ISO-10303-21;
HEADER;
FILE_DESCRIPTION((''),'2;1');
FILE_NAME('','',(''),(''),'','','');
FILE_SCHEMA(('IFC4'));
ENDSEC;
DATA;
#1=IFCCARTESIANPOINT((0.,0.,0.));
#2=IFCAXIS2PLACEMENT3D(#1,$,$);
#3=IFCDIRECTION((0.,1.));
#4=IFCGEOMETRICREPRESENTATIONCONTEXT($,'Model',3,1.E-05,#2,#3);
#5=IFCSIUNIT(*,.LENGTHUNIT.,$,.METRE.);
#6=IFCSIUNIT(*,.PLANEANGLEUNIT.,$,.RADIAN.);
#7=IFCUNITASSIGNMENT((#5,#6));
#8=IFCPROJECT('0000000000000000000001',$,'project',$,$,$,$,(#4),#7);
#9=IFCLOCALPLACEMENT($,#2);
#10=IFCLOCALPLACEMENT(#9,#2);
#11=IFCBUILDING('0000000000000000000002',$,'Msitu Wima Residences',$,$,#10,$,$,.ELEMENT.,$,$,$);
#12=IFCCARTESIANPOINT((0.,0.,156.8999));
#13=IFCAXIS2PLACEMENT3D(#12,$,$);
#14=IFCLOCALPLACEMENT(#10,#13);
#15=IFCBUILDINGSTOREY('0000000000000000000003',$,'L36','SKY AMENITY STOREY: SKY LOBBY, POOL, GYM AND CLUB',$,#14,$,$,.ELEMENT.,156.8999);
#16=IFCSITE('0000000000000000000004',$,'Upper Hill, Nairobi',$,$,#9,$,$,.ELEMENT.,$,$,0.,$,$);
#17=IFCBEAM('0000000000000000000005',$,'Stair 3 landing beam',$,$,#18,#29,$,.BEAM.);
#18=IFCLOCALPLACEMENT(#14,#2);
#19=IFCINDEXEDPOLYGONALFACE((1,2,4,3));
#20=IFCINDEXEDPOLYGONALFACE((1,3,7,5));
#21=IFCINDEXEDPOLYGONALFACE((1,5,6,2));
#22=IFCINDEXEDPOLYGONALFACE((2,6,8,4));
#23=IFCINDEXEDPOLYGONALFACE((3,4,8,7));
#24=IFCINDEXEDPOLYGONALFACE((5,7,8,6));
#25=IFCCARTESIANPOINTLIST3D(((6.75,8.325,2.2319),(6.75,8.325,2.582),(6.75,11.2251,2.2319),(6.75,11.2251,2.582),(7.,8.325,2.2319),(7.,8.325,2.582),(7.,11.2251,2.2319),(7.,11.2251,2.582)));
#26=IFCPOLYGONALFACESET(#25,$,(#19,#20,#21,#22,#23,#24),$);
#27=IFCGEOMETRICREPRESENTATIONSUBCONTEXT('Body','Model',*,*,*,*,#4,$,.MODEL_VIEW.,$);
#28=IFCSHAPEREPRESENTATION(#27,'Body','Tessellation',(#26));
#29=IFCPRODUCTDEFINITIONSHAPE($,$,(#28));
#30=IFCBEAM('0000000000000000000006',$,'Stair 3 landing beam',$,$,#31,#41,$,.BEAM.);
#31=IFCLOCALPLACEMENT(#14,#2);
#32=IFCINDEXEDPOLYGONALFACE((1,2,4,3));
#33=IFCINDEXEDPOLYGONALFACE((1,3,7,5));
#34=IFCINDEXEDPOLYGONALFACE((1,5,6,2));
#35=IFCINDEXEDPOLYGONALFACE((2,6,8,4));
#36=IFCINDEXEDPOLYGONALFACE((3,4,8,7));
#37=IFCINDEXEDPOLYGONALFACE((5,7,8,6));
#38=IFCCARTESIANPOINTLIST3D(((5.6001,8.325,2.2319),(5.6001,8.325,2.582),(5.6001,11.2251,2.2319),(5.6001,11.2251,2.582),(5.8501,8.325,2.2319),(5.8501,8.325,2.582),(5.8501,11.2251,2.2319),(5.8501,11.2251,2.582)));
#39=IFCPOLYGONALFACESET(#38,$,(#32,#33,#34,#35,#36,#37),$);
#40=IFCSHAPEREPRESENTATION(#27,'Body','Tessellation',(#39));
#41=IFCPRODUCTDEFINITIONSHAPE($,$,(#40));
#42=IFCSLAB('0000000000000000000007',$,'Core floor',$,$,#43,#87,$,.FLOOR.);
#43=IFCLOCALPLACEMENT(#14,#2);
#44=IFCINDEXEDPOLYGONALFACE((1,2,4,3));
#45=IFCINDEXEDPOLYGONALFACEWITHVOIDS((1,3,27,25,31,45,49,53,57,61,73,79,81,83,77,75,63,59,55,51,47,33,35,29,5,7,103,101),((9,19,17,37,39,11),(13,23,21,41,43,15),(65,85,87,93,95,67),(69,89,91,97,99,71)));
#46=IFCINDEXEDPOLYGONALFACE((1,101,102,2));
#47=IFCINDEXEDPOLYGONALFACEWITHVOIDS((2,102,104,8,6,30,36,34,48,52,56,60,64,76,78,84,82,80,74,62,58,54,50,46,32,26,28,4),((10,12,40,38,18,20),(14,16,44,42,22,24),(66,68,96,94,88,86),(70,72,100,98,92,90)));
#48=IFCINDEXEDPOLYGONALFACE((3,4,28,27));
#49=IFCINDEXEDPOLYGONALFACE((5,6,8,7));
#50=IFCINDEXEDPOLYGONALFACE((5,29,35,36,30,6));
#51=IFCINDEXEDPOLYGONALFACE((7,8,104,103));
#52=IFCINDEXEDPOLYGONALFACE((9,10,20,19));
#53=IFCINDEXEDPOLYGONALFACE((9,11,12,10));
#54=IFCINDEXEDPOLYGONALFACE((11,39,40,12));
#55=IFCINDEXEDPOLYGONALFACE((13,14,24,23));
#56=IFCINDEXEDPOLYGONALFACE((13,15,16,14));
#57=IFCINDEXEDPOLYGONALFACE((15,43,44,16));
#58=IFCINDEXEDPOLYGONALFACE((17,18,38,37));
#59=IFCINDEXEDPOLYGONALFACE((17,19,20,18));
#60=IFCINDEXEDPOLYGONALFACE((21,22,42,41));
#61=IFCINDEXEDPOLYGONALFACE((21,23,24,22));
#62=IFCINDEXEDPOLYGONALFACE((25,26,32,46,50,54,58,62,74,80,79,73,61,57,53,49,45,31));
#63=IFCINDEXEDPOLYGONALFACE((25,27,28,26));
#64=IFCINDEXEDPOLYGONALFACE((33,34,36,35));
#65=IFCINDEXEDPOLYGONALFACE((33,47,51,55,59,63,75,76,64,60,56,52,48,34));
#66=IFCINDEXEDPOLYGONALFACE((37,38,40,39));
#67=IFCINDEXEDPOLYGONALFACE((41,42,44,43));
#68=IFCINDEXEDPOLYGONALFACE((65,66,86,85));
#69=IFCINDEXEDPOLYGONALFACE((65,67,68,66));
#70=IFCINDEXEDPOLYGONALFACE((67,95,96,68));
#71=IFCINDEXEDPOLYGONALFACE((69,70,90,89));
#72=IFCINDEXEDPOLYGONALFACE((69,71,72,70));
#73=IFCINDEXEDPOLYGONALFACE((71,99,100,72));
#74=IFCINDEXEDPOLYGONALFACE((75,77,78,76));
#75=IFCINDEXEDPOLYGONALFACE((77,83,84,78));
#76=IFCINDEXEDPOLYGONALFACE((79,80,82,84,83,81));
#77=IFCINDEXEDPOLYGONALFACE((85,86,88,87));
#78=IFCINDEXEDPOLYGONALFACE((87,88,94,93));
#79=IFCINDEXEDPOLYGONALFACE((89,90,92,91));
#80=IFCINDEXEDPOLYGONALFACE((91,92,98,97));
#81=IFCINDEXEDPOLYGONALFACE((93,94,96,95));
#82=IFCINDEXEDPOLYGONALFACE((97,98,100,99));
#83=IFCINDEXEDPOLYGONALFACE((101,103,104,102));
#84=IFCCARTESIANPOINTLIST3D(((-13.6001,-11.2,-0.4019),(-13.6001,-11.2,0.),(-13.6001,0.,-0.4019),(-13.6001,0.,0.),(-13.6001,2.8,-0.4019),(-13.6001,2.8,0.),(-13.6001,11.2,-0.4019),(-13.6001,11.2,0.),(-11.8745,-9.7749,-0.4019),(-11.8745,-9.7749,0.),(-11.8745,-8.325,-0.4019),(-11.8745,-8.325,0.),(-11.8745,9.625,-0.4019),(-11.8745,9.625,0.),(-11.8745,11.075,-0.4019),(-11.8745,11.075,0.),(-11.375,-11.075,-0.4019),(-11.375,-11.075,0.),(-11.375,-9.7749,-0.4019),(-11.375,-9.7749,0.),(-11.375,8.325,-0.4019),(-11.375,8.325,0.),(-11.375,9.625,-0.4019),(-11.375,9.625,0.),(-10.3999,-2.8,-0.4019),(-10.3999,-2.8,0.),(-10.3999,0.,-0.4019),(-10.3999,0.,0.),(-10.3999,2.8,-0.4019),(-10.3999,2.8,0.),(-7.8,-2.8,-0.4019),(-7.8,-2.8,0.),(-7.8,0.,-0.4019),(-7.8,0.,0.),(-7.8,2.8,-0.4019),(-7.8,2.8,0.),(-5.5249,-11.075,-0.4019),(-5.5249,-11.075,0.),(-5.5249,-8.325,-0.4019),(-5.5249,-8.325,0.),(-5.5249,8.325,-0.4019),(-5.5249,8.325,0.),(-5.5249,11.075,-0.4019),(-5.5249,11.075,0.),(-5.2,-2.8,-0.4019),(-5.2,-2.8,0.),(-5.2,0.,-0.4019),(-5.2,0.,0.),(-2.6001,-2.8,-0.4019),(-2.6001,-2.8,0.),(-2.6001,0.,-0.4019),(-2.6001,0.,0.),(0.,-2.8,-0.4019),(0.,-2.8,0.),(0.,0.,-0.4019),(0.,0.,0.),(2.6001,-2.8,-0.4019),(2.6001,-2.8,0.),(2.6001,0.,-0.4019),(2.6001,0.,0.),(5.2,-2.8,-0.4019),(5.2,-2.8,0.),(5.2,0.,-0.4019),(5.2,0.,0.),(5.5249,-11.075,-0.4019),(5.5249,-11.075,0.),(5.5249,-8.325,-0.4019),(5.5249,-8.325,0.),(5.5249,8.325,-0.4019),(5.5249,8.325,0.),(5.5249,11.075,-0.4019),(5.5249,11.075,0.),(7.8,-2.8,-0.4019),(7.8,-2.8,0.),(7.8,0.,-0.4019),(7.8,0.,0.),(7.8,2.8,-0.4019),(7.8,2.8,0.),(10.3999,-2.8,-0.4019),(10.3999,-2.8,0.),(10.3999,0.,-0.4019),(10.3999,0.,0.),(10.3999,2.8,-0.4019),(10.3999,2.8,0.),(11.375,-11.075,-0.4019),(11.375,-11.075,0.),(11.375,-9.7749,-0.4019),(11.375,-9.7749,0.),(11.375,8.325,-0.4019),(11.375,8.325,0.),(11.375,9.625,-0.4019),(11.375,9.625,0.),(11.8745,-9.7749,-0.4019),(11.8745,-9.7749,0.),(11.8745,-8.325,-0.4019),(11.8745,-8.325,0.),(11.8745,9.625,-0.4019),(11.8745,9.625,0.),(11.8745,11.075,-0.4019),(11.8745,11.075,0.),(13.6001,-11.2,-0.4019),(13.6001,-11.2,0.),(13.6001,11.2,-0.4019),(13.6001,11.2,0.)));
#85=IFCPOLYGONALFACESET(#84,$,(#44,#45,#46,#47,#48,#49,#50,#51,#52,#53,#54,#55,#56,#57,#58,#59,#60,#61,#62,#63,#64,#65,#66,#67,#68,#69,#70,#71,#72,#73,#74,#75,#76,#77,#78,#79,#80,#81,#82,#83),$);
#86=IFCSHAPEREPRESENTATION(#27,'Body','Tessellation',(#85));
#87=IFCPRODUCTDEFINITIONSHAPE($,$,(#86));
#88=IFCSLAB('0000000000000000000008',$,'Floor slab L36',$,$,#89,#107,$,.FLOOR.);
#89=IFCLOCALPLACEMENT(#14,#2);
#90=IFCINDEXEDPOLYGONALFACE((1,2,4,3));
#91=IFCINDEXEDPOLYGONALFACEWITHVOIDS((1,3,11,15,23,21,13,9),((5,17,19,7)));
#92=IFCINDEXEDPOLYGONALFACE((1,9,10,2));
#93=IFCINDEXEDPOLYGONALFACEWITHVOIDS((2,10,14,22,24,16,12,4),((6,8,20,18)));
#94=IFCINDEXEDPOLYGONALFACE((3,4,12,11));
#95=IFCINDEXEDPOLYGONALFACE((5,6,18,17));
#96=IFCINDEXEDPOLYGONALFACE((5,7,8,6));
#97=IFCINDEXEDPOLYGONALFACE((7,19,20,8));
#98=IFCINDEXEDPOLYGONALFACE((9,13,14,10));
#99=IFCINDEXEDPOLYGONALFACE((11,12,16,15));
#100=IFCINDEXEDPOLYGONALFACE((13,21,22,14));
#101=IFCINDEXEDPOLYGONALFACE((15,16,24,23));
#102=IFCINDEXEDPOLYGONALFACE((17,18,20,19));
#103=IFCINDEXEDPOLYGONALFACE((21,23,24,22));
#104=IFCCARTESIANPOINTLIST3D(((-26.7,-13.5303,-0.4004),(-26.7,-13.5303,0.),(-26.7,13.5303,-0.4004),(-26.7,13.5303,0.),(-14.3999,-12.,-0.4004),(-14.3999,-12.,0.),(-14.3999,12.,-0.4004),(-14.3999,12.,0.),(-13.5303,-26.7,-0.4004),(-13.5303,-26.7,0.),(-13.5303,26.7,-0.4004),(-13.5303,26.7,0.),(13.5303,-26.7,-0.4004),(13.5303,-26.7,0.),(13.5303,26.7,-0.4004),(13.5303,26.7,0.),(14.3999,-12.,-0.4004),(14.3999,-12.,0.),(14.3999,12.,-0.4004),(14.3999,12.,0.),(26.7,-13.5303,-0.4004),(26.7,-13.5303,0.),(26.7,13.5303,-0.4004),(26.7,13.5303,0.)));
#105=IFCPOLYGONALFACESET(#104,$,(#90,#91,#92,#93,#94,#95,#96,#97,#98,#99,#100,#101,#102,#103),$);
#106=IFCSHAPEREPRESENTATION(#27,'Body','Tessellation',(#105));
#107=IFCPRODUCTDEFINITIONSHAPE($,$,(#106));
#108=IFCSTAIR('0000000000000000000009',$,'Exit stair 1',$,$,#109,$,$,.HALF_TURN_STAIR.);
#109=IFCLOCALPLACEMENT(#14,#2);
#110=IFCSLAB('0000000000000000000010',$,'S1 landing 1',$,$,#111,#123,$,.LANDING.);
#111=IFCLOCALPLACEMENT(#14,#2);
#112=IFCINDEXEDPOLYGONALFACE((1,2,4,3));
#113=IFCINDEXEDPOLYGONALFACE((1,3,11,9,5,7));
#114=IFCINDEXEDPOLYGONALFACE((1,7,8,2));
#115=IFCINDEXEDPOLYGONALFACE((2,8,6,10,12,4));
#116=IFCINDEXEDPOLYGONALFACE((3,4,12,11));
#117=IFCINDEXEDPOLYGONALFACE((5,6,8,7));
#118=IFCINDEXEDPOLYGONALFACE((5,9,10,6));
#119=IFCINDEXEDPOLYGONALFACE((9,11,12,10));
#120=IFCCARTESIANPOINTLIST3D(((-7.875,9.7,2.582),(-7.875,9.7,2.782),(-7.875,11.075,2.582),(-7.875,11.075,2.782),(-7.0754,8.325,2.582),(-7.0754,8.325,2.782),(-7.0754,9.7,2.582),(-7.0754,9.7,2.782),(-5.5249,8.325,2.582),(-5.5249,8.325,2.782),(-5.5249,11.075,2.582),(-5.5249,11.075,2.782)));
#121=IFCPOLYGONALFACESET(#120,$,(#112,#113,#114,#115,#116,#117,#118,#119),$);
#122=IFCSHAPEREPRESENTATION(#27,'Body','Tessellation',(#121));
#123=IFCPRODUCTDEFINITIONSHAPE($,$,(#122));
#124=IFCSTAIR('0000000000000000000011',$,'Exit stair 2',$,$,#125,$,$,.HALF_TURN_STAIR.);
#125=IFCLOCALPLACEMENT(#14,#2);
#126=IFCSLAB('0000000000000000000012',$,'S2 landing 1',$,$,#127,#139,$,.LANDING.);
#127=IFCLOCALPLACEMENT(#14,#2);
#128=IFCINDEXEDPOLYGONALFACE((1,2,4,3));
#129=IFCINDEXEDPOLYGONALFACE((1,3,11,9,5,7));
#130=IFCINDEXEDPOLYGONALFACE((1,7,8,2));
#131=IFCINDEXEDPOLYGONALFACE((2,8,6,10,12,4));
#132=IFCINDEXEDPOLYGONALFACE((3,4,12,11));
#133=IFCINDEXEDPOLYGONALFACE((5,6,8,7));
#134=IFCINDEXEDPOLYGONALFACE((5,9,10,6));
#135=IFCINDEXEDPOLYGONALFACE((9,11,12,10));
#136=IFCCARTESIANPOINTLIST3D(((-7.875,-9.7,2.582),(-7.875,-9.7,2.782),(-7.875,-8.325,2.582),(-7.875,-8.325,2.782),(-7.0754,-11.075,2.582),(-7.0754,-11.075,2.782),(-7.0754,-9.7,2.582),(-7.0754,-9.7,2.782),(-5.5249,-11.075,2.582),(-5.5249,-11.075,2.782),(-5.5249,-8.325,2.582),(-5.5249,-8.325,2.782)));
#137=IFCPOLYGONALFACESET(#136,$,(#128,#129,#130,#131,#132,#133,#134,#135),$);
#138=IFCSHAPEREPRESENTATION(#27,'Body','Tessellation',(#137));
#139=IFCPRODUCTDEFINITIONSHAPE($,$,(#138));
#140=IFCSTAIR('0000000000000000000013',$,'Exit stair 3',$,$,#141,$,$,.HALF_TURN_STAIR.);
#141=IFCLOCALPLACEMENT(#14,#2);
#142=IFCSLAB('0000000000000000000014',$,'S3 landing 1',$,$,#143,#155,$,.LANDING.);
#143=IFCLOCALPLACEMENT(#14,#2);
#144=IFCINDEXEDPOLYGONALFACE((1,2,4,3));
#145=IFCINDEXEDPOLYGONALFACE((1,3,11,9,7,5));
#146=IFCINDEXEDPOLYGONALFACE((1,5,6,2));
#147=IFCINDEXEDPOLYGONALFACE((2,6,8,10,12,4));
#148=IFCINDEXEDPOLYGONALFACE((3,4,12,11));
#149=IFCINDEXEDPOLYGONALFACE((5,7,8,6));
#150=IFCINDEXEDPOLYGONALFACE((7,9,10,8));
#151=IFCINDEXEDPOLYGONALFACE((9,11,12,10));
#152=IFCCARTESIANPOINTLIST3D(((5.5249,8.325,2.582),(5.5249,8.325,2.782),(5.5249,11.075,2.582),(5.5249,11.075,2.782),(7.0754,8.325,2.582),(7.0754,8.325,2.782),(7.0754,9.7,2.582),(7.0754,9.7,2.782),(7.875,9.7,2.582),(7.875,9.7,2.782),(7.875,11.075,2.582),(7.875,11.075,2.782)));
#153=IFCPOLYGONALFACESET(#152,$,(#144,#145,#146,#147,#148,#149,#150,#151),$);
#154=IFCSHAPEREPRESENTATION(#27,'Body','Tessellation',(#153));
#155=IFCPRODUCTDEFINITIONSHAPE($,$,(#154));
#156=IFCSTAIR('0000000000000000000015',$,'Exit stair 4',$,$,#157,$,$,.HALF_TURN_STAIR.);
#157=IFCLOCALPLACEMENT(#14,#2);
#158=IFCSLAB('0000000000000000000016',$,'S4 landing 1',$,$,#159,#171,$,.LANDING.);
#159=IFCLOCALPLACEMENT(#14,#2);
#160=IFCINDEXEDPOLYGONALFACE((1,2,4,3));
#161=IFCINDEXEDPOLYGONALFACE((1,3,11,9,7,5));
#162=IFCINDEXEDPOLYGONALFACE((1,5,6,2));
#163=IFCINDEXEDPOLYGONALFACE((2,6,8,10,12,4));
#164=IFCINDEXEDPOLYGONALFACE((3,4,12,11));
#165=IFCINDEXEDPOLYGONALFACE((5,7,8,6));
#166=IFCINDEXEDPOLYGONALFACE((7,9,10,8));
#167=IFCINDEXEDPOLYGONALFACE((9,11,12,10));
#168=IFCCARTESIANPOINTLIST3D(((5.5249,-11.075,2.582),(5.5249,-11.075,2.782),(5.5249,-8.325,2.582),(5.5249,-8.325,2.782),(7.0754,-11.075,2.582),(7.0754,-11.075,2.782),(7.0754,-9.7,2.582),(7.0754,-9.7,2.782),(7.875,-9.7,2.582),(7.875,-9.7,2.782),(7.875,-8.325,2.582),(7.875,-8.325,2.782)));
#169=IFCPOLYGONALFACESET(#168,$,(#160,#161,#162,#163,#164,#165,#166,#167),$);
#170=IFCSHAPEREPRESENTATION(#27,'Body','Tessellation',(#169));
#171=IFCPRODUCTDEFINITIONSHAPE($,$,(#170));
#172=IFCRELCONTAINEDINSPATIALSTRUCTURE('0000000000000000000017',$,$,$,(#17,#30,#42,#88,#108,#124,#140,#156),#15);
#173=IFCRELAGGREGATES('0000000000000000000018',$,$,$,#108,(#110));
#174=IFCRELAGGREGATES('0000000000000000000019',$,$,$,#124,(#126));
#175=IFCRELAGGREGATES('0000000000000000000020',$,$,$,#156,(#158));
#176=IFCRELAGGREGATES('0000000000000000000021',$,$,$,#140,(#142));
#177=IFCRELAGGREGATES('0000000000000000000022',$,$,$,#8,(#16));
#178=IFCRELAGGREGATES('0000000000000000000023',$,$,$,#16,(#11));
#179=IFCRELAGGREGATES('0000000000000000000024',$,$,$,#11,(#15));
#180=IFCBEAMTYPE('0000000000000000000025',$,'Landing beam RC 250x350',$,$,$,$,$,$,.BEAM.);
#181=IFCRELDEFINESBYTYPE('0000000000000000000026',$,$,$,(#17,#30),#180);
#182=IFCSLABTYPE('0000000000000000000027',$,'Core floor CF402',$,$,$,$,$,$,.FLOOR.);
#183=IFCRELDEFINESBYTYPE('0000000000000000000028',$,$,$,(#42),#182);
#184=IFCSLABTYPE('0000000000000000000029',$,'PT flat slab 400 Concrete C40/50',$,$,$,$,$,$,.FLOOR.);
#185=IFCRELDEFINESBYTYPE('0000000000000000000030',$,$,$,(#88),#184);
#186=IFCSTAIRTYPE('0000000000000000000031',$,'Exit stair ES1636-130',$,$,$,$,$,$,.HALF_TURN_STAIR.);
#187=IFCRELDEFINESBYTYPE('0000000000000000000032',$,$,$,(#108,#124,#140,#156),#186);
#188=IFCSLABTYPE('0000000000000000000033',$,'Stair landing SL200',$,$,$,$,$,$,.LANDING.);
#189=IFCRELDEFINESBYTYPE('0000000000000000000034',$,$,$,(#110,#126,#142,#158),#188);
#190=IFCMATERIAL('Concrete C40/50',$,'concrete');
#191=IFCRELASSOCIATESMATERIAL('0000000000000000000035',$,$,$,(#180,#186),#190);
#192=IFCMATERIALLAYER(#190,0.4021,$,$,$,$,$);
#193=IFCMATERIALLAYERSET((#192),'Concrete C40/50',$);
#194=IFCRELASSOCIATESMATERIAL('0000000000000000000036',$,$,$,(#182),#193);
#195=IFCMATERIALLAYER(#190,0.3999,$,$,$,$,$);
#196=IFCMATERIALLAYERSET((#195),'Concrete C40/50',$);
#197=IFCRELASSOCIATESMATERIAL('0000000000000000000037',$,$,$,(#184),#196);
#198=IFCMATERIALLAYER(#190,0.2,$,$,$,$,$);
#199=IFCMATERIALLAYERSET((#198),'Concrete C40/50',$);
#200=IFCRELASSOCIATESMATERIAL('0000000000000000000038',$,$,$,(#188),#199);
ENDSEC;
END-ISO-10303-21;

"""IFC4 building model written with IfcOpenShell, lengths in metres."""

from ifc_helpers import new_model, si_unit, direction, frame, origin, origin_2d, place, context, subcontext, project, spatial, polyline, rectangle, outline, extrude, material, layer, layer_set, material_profile, profile_set, type_object, element, aggregate, save


model = new_model("IFC4")

# Units and contexts
model_context = context("Model", 3, precision=1e-05, world=origin(), true_north=direction((0.0, 1.0)))
body_context = subcontext(model_context, "Body", "Model", "MODEL_VIEW")
ifc_project = project(units=[si_unit("LENGTHUNIT", "METRE"), si_unit("PLANEANGLEUNIT", "RADIAN")], contexts=[model_context])

# Site, building, storey
site_placement = place(None, origin())
site = spatial("IfcSite", under=ifc_project, at=site_placement, Name="Upper Hill, Nairobi", CompositionType="ELEMENT", RefElevation=0.0)
building_placement = place(site_placement, origin())
building = spatial("IfcBuilding", under=site, at=building_placement, Name="Msitu Wima Residences", CompositionType="ELEMENT")
storey_placement = place(building_placement, frame((0.0, 0.0, 156.8999)))
storey = spatial("IfcBuildingStorey", under=building, at=storey_placement, Name="L36", Description="SKY AMENITY STOREY: SKY LOBBY, POOL, GYM AND CLUB", CompositionType="ELEMENT", Elevation=156.8999)

# Beams
ifc_material_1 = material(Name="Concrete C40/50", Category="concrete")
ifc_material_profile = material_profile(ifc_material_1, rectangle(XDim=0.25, YDim=0.3501, at=origin_2d()), Name="RC 250x350")
ifc_profile_set = profile_set([ifc_material_profile], Name="Concrete C40/50")
beam_type = type_object("IfcBeamType", Name="Landing beam RC 250x350", PredefinedType="BEAM", material=ifc_profile_set)
for number, where, z_axis, x_axis, name in (
    (1, (6.875, 8.325, 2.407), (0.0, 1.0, 0.0), (-1.0, 0.0, 0.0), "Stair 3 landing beam"),
    (2, (5.7251, 8.325, 2.407), (0.0, 1.0, 0.0), (-1.0, 0.0, 0.0), "Stair 3 landing beam"),
):
    element("IfcBeam", number, at=place(storey_placement, frame(where, z_axis=z_axis, x_axis=x_axis)), inside=storey, type_object=beam_type, Name=name, PredefinedType="BEAM", context=body_context, shape_type="SweptSolid", body=[
        extrude(rectangle(XDim=0.25, YDim=0.3501, at=origin_2d()), origin(), (0.0, 0.0, 1.0), 2.9001),
    ])

# Slabs
ifc_layer_1 = layer(ifc_material_1, 0.4021)
ifc_layer_set_1 = layer_set([ifc_layer_1], Name="Concrete C40/50")
slab_type_1 = type_object("IfcSlabType", Name="Core floor CF402", PredefinedType="FLOOR", material=ifc_layer_set_1)
slab_1_placement = place(storey_placement, frame((0.0, 0.0, -0.4019)))
element("IfcSlab", 3, at=slab_1_placement, inside=storey, type_object=slab_type_1, Name="Core floor", PredefinedType="FLOOR", context=body_context, shape_type="SweptSolid", body=[
    extrude(outline(polyline([(-13.6001, 11.2), (-13.6001, 2.8), (-10.3999, 2.8), (-7.8, 2.8), (-7.8, 0.0), (-5.2, 0.0), (-2.6001, 0.0), (0.0, 0.0), (2.6001, 0.0), (5.2, 0.0), (7.8, 0.0), (7.8, 2.8), (10.3999, 2.8), (10.3999, 0.0), (10.3999, -2.8), (7.8, -2.8), (5.2, -2.8), (2.6001, -2.8), (0.0, -2.8), (-2.6001, -2.8), (-5.2, -2.8), (-7.8, -2.8), (-10.3999, -2.8), (-10.3999, 0.0), (-13.6001, 0.0), (-13.6001, -11.2), (13.6001, -11.2), (13.6001, 11.2), (-13.6001, 11.2)]), holes=[polyline([(-11.375, -11.075), (-11.375, -9.7749), (-11.8745, -9.7749), (-11.8745, -8.325), (-5.5249, -8.325), (-5.5249, -11.075), (-11.375, -11.075)]), polyline([(-11.375, 9.625), (-11.8745, 9.625), (-11.8745, 11.075), (-5.5249, 11.075), (-5.5249, 8.325), (-11.375, 8.325), (-11.375, 9.625)]), polyline([(11.375, -9.7749), (11.375, -11.075), (5.5249, -11.075), (5.5249, -8.325), (11.8745, -8.325), (11.8745, -9.7749), (11.375, -9.7749)]), polyline([(11.375, 9.625), (11.375, 8.325), (5.5249, 8.325), (5.5249, 11.075), (11.8745, 11.075), (11.8745, 9.625), (11.375, 9.625)])]), origin(), (0.0, 0.0, 1.0), 0.4019),
])
ifc_layer_2 = layer(ifc_material_1, 0.3999)
ifc_layer_set_2 = layer_set([ifc_layer_2], Name="Concrete C40/50")
slab_type_2 = type_object("IfcSlabType", Name="PT flat slab 400 Concrete C40/50", PredefinedType="FLOOR", material=ifc_layer_set_2)
slab_2_placement = place(storey_placement, frame((0.0, 0.0, -0.4004)))
element("IfcSlab", 4, at=slab_2_placement, inside=storey, type_object=slab_type_2, Name="Floor slab L36", PredefinedType="FLOOR", context=body_context, shape_type="SweptSolid", body=[
    extrude(outline(polyline([(26.7, -13.5303), (13.5303, -26.7), (-13.5303, -26.7), (-26.7, -13.5303), (-26.7, 13.5303), (-13.5303, 26.7), (13.5303, 26.7), (26.7, 13.5303), (26.7, -13.5303)]), holes=[polyline([(-14.3999, -12.0), (14.3999, -12.0), (14.3999, 12.0), (-14.3999, 12.0), (-14.3999, -12.0)])]), origin(), (0.0, 0.0, 1.0), 0.4004),
])

# Stairs, slabs
stair_type = type_object("IfcStairType", Name="Exit stair ES1636-130", PredefinedType="HALF_TURN_STAIR", material=ifc_material_1)
stair_1_placement = place(storey_placement, origin())
stair_1 = element("IfcStair", 5, at=stair_1_placement, inside=storey, type_object=stair_type, Name="Exit stair 1", PredefinedType="HALF_TURN_STAIR")
ifc_layer_3 = layer(ifc_material_1, 0.2)
ifc_layer_set_3 = layer_set([ifc_layer_3], Name="Concrete C40/50")
slab_type_3 = type_object("IfcSlabType", Name="Stair landing SL200", PredefinedType="LANDING", material=ifc_layer_set_3)
slab_3_placement = place(storey_placement, frame((0.0, 0.0, 2.582)))
slab_3 = element("IfcSlab", 6, at=slab_3_placement, type_object=slab_type_3, Name="S1 landing 1", PredefinedType="LANDING", context=body_context, shape_type="SweptSolid", body=[
    extrude(outline(polyline([(-5.5249, 8.325), (-7.0754, 8.325), (-7.0754, 9.7), (-7.875, 9.7), (-7.875, 11.075), (-5.5249, 11.075), (-5.5249, 8.325)])), origin(), (0.0, 0.0, 1.0), 0.2),
])
aggregate(stair_1, [slab_3])
stair_2_placement = place(storey_placement, origin())
stair_2 = element("IfcStair", 7, at=stair_2_placement, inside=storey, type_object=stair_type, Name="Exit stair 2", PredefinedType="HALF_TURN_STAIR")
slab_4_placement = place(storey_placement, frame((0.0, 0.0, 2.582)))
slab_4 = element("IfcSlab", 8, at=slab_4_placement, type_object=slab_type_3, Name="S2 landing 1", PredefinedType="LANDING", context=body_context, shape_type="SweptSolid", body=[
    extrude(outline(polyline([(-5.5249, -11.075), (-7.0754, -11.075), (-7.0754, -9.7), (-7.875, -9.7), (-7.875, -8.325), (-5.5249, -8.325), (-5.5249, -11.075)])), origin(), (0.0, 0.0, 1.0), 0.2),
])
aggregate(stair_2, [slab_4])
stair_3_placement = place(storey_placement, origin())
stair_3 = element("IfcStair", 9, at=stair_3_placement, inside=storey, type_object=stair_type, Name="Exit stair 3", PredefinedType="HALF_TURN_STAIR")
slab_5_placement = place(storey_placement, frame((0.0, 0.0, 2.582)))
slab_5 = element("IfcSlab", 10, at=slab_5_placement, type_object=slab_type_3, Name="S3 landing 1", PredefinedType="LANDING", context=body_context, shape_type="SweptSolid", body=[
    extrude(outline(polyline([(5.5249, 8.325), (7.0754, 8.325), (7.0754, 9.7), (7.875, 9.7), (7.875, 11.075), (5.5249, 11.075), (5.5249, 8.325)])), origin(), (0.0, 0.0, 1.0), 0.2),
])
stair_4_placement = place(storey_placement, origin())
stair_4 = element("IfcStair", 11, at=stair_4_placement, inside=storey, type_object=stair_type, Name="Exit stair 4", PredefinedType="HALF_TURN_STAIR")
slab_6_placement = place(storey_placement, frame((0.0, 0.0, 2.582)))
slab_6 = element("IfcSlab", 12, at=slab_6_placement, type_object=slab_type_3, Name="S4 landing 1", PredefinedType="LANDING", context=body_context, shape_type="SweptSolid", body=[
    extrude(outline(polyline([(5.5249, -11.075), (7.0754, -11.075), (7.0754, -9.7), (7.875, -9.7), (7.875, -8.325), (5.5249, -8.325), (5.5249, -11.075)])), origin(), (0.0, 0.0, 1.0), 0.2),
])
aggregate(stair_4, [slab_6])

aggregate(stair_3, [slab_5])

save(model, "model.ifc")
